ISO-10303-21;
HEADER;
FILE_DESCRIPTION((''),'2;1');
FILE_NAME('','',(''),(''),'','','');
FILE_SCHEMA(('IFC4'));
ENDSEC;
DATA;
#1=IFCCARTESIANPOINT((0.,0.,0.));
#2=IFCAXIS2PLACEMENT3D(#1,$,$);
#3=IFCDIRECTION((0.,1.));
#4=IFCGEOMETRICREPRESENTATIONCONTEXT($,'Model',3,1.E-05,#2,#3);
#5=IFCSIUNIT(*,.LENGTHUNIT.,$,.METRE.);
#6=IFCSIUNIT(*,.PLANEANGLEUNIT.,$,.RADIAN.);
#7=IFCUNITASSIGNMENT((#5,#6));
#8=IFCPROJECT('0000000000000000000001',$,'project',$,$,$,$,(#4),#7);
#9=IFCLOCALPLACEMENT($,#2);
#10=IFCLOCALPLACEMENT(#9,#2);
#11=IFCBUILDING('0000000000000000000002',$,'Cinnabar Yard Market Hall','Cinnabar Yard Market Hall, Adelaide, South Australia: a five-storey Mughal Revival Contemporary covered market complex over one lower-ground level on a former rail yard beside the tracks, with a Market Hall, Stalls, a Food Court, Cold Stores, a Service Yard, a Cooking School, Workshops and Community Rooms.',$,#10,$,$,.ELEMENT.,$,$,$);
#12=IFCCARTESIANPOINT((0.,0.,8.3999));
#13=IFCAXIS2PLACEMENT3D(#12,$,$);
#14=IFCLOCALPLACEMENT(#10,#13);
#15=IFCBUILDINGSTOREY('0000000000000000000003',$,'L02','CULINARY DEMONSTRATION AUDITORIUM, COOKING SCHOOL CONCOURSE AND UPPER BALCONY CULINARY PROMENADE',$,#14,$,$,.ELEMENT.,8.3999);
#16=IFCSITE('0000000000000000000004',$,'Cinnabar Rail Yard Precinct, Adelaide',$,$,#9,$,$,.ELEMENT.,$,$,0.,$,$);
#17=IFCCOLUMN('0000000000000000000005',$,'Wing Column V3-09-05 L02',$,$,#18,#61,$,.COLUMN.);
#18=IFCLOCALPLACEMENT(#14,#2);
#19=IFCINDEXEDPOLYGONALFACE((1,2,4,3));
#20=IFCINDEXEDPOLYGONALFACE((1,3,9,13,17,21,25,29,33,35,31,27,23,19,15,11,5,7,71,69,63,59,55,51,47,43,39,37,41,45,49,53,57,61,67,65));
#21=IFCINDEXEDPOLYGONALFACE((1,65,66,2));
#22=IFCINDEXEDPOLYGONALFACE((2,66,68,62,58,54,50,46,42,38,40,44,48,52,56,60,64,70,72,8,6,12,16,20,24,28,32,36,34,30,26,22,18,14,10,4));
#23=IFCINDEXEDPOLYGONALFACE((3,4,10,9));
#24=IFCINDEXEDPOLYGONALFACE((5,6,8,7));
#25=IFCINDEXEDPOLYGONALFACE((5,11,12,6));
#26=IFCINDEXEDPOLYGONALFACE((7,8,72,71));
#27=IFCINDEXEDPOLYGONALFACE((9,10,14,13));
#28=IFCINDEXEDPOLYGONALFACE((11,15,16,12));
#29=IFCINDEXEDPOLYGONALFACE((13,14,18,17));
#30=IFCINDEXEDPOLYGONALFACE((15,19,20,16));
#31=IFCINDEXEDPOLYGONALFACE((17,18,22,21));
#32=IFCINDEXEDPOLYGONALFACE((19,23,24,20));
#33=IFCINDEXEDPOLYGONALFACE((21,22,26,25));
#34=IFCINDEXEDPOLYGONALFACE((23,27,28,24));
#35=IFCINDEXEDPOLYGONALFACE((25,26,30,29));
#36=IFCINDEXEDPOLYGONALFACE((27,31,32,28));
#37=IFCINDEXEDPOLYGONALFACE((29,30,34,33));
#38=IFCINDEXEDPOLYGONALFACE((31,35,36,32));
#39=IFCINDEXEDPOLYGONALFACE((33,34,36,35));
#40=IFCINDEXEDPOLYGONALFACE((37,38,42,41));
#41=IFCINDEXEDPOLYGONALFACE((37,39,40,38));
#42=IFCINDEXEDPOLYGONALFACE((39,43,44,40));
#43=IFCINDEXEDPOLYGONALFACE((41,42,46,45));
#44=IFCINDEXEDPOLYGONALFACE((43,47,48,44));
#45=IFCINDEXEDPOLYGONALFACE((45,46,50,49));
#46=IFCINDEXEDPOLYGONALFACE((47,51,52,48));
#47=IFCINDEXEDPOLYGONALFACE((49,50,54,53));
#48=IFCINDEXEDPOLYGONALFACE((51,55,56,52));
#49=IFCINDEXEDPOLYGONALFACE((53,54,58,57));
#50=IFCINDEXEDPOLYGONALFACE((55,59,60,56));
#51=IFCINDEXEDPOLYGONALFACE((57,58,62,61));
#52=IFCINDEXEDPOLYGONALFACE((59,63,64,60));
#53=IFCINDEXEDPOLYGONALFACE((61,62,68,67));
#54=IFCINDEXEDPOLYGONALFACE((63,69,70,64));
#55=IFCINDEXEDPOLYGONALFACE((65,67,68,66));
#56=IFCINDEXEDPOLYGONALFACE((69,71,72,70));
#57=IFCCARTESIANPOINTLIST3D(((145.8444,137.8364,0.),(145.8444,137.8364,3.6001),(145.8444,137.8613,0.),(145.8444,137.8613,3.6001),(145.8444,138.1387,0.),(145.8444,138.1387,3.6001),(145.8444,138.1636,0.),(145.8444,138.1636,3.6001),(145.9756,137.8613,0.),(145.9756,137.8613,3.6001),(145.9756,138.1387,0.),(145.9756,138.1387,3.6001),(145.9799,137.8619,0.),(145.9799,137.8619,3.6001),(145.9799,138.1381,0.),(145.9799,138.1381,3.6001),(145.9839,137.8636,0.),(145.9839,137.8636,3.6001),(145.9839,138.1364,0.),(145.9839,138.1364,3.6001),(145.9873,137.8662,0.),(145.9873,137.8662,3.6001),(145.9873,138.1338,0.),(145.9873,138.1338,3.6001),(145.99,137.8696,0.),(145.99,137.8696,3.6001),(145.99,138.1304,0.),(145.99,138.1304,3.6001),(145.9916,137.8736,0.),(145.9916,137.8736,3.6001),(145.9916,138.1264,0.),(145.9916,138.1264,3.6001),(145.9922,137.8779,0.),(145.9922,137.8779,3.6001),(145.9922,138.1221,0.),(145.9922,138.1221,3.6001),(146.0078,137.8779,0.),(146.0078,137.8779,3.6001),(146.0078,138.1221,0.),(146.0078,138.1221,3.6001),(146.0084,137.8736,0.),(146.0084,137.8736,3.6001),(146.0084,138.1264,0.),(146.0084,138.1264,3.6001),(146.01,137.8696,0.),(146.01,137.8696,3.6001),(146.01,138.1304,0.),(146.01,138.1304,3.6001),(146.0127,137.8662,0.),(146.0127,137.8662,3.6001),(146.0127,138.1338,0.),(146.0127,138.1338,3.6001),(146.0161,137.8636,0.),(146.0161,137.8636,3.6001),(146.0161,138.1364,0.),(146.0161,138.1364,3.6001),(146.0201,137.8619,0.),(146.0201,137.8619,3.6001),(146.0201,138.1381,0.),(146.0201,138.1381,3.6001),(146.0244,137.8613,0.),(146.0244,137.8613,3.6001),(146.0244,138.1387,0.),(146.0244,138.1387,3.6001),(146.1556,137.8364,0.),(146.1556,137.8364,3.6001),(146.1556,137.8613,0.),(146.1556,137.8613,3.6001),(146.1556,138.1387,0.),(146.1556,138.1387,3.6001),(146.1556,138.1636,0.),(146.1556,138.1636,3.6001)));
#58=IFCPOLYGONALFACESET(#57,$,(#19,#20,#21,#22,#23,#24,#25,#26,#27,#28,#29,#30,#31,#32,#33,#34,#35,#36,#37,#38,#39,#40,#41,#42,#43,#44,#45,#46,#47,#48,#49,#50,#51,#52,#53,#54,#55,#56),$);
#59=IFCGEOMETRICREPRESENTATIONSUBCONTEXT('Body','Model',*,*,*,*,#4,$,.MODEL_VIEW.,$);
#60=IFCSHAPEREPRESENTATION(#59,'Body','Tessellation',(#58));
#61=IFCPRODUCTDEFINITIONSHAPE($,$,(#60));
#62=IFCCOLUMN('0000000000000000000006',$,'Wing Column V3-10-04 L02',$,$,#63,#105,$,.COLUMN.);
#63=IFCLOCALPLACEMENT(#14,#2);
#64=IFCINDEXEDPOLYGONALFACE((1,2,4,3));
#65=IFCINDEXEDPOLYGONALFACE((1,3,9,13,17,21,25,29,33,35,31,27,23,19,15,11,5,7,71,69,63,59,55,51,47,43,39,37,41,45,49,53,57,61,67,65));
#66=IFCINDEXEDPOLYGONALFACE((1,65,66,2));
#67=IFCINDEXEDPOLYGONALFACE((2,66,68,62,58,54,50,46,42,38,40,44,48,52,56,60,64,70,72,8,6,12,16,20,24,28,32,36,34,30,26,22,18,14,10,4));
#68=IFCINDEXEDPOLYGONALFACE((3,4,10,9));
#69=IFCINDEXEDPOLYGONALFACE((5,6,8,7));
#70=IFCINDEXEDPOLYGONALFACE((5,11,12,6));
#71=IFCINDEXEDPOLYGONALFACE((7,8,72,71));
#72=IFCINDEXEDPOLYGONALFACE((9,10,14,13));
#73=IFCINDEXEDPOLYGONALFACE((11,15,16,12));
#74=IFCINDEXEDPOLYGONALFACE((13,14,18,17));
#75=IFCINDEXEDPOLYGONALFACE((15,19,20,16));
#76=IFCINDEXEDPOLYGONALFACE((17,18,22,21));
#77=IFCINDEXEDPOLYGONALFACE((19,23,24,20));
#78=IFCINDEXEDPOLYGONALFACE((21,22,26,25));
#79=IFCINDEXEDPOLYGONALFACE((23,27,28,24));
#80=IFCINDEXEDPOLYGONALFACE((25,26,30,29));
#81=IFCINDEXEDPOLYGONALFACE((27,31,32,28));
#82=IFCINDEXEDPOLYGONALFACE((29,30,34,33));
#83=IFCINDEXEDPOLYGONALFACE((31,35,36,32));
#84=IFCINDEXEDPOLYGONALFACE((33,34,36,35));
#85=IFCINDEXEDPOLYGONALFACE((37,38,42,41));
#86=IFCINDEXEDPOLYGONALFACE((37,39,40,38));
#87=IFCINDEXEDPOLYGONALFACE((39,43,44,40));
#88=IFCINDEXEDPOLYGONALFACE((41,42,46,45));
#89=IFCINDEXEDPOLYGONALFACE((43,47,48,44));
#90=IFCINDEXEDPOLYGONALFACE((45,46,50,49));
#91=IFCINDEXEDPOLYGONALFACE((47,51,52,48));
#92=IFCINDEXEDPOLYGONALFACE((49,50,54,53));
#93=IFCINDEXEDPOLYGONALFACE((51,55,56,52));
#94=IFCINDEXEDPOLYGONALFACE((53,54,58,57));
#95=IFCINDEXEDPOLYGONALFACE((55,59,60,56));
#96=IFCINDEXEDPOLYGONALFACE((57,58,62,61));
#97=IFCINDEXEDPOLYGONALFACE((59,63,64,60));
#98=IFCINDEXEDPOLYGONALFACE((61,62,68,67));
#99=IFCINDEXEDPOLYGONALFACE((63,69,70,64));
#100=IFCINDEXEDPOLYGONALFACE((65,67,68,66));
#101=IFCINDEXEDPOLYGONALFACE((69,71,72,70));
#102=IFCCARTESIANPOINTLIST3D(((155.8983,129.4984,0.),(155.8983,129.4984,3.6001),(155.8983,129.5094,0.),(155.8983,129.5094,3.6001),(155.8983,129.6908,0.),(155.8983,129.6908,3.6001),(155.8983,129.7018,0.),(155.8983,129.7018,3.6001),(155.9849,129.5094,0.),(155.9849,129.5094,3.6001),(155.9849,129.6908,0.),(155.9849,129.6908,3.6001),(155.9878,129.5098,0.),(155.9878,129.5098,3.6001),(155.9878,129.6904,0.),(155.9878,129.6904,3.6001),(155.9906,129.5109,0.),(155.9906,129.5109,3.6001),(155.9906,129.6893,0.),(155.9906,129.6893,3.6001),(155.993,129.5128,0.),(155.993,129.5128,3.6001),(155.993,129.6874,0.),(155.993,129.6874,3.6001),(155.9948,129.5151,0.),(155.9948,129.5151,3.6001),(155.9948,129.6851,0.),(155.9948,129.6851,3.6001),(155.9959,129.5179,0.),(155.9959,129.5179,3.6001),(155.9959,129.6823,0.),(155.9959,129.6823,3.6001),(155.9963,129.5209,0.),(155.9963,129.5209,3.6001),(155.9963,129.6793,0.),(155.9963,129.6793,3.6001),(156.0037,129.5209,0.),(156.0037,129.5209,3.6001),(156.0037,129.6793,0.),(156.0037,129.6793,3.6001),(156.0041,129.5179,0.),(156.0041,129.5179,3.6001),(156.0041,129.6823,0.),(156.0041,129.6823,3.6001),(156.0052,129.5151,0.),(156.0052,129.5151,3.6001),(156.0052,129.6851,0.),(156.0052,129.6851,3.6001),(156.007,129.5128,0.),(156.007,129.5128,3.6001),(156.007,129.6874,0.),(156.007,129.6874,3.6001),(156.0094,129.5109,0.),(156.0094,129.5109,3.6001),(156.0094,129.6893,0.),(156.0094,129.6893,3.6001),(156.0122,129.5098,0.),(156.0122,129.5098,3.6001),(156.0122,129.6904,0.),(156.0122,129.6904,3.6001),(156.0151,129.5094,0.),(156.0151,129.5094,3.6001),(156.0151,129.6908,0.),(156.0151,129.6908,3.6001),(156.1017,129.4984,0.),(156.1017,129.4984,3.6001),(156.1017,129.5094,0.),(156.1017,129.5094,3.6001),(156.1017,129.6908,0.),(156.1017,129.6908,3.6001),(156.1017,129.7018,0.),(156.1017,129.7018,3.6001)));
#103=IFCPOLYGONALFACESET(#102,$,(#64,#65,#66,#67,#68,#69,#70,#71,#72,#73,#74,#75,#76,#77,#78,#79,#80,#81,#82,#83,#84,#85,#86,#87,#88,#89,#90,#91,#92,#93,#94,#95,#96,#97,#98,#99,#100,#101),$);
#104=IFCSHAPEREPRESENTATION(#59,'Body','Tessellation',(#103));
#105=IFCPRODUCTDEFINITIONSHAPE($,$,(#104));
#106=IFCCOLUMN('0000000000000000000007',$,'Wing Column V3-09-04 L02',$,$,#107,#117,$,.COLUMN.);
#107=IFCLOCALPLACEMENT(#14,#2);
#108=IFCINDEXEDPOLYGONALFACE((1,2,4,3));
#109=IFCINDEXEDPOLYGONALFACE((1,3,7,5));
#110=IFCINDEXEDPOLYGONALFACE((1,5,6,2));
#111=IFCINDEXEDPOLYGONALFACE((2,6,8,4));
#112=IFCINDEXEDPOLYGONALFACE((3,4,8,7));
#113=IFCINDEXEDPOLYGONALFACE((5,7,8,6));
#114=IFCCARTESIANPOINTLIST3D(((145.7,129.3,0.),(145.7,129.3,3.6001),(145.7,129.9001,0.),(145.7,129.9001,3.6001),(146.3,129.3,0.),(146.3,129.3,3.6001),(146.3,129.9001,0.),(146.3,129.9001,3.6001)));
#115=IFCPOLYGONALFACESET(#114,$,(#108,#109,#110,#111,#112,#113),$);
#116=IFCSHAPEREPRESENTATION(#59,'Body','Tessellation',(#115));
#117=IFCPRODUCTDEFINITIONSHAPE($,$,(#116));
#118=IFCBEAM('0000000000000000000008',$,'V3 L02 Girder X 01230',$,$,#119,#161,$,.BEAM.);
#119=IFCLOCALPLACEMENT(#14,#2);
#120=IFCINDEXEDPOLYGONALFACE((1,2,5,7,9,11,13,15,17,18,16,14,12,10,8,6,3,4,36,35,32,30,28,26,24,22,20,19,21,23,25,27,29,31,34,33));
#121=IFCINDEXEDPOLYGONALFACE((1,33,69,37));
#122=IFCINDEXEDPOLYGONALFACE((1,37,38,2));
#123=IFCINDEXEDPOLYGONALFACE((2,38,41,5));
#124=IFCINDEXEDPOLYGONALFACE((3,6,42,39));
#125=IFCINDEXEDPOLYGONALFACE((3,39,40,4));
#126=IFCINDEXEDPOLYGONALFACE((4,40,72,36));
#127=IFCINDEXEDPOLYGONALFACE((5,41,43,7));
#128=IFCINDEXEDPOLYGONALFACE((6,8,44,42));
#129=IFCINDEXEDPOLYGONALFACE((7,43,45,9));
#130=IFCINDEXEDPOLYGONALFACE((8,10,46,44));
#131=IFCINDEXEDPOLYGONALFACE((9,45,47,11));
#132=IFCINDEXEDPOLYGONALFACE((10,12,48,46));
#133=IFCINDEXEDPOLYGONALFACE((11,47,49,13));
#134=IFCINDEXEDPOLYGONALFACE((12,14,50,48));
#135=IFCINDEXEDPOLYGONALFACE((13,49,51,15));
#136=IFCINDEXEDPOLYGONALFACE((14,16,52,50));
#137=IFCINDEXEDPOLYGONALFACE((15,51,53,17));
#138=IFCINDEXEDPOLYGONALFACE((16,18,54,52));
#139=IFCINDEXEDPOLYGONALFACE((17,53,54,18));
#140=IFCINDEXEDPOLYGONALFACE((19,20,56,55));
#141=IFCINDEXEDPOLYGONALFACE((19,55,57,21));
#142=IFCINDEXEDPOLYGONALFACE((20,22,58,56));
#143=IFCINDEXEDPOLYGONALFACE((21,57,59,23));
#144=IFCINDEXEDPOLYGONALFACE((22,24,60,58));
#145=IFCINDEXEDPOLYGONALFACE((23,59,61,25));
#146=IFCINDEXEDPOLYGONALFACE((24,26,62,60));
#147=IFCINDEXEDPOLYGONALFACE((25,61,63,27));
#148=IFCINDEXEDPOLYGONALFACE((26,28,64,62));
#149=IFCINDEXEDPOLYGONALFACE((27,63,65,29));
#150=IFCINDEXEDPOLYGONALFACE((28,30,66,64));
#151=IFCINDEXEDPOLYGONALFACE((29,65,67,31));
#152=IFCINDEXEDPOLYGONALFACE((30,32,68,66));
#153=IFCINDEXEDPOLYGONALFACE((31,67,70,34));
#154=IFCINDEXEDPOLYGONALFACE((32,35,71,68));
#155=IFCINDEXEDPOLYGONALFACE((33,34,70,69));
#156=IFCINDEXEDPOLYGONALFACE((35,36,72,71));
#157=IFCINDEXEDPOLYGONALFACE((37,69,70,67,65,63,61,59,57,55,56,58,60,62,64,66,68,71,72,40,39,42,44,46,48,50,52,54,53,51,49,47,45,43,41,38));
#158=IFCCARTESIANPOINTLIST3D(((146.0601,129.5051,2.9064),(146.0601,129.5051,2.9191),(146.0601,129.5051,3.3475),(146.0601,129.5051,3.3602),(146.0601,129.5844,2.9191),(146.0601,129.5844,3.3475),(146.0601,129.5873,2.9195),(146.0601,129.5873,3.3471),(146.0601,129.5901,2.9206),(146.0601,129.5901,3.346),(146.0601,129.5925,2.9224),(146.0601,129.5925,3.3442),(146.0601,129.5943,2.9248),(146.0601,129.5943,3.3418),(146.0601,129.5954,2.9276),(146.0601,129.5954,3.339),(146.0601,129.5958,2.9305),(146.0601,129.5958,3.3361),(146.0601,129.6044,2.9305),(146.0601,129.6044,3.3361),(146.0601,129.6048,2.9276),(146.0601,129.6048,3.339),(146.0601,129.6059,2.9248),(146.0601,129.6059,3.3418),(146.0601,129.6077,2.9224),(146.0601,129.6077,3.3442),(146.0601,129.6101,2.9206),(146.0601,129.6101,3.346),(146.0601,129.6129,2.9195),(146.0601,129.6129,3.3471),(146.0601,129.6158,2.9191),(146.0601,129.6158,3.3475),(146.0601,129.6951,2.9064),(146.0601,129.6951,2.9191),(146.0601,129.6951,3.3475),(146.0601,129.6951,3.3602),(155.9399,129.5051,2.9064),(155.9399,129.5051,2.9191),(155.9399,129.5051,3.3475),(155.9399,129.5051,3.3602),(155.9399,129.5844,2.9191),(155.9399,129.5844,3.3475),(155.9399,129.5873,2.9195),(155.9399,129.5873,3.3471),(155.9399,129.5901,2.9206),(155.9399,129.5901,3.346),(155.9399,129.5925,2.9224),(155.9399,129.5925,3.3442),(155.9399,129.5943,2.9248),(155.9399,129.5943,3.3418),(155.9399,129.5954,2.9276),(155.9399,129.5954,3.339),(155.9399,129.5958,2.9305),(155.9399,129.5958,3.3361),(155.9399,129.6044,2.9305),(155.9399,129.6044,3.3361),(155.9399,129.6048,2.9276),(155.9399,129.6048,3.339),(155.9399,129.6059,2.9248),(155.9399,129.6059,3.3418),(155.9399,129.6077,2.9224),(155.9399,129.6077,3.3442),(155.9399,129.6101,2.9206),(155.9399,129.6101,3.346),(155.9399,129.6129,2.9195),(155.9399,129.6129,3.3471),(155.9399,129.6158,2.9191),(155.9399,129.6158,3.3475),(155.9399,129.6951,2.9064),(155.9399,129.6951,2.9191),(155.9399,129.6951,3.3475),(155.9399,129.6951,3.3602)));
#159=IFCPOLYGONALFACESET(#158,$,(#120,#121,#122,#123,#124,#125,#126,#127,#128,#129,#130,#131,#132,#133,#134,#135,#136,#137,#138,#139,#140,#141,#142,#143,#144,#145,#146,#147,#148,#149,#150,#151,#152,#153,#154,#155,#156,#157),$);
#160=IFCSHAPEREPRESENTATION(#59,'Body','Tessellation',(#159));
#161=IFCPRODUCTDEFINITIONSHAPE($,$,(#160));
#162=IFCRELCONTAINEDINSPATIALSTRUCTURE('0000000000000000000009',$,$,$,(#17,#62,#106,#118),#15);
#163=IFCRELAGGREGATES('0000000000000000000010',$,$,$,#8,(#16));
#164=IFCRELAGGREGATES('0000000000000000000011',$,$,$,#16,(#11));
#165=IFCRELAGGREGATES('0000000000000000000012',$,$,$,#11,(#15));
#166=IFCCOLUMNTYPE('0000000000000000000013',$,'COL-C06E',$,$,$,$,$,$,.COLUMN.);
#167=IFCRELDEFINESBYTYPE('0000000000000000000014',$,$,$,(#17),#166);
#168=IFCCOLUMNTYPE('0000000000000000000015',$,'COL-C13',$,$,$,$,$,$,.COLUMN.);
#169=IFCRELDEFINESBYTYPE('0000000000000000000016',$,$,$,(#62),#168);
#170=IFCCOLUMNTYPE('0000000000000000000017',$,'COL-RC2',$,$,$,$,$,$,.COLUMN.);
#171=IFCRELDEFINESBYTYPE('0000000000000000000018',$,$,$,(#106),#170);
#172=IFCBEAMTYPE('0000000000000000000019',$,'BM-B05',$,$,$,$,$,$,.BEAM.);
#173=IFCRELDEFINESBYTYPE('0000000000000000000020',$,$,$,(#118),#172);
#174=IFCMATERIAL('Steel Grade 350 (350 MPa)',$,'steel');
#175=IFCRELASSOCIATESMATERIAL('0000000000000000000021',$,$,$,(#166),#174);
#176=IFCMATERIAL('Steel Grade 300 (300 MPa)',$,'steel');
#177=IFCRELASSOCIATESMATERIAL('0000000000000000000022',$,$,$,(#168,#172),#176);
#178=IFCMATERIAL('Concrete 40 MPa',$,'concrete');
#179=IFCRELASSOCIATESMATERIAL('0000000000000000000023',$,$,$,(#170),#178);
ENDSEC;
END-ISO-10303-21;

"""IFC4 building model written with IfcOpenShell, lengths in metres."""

from ifc_helpers import new_model, si_unit, direction, frame, origin, origin_2d_with_axis, place, context, subcontext, project, spatial, rectangle, i_section, extrude, material, material_profile, profile_set, type_object, element, save


model = new_model("IFC4")

# Units and contexts
model_context = context("Model", 3, precision=1e-05, world=origin(), true_north=direction((0.0, 1.0)))
body_context = subcontext(model_context, "Body", "Model", "MODEL_VIEW")
ifc_project = project(units=[si_unit("LENGTHUNIT", "METRE"), si_unit("PLANEANGLEUNIT", "RADIAN")], contexts=[model_context])

# Site, building, storey
site_placement = place(None, origin())
site = spatial("IfcSite", under=ifc_project, at=site_placement, Name="Cinnabar Rail Yard Precinct, Adelaide", CompositionType="ELEMENT", RefElevation=0.0)
building_placement = place(site_placement, origin())
building = spatial("IfcBuilding", under=site, at=building_placement, Name="Cinnabar Yard Market Hall", Description="Cinnabar Yard Market Hall, Adelaide, South Australia: a five-storey Mughal Revival Contemporary covered market complex over one lower-ground level on a former rail yard beside the tracks, with a Market Hall, Stalls, a Food Court, Cold Stores, a Service Yard, a Cooking School, Workshops and Community Rooms.", CompositionType="ELEMENT")
storey_placement = place(building_placement, frame((0.0, 0.0, 8.3999)))
storey = spatial("IfcBuildingStorey", under=building, at=storey_placement, Name="L02", Description="CULINARY DEMONSTRATION AUDITORIUM, COOKING SCHOOL CONCOURSE AND UPPER BALCONY CULINARY PROMENADE", CompositionType="ELEMENT", Elevation=8.3999)

# Columns
ifc_material_1 = material(Name="Steel Grade 350 (350 MPa)", Category="steel")
ifc_material_profile_1 = material_profile(ifc_material_1, i_section(OverallWidth=0.3113, OverallDepth=0.3271, WebThickness=0.0156, FlangeThickness=0.0249, FilletRadius=0.0166, at=origin_2d_with_axis()), Name="310UC158")
ifc_profile_set_1 = profile_set([ifc_material_profile_1], Name="Steel Grade 350 (350 MPa)")
column_type_1 = type_object("IfcColumnType", Name="COL-C06E", PredefinedType="COLUMN", material=ifc_profile_set_1)
column_1_placement = place(storey_placement, frame((146.0, 138.0, 0.0), z_axis=(0.0, 0.0, 1.0), x_axis=(1.0, 0.0, 0.0)))
element("IfcColumn", 1, at=column_1_placement, inside=storey, type_object=column_type_1, Name="Wing Column V3-09-05 L02", PredefinedType="COLUMN", context=body_context, shape_type="SweptSolid", body=[
    extrude(i_section(OverallWidth=0.3113, OverallDepth=0.3271, WebThickness=0.0156, FlangeThickness=0.0249, FilletRadius=0.0166, at=origin_2d_with_axis()), origin(), (0.0, 0.0, 1.0), 3.6001),
])
ifc_material_2 = material(Name="Steel Grade 300 (300 MPa)", Category="steel")
ifc_material_profile_2 = material_profile(ifc_material_2, i_section(OverallWidth=0.2034, OverallDepth=0.2034, WebThickness=0.0073, FlangeThickness=0.011, FilletRadius=0.0115, at=origin_2d_with_axis()), Name="200UC46.2")
ifc_profile_set_2 = profile_set([ifc_material_profile_2], Name="Steel Grade 300 (300 MPa)")
column_type_2 = type_object("IfcColumnType", Name="COL-C13", PredefinedType="COLUMN", material=ifc_profile_set_2)
column_2_placement = place(storey_placement, frame((156.0, 129.6001, 0.0), z_axis=(0.0, 0.0, 1.0), x_axis=(1.0, 0.0, 0.0)))
element("IfcColumn", 2, at=column_2_placement, inside=storey, type_object=column_type_2, Name="Wing Column V3-10-04 L02", PredefinedType="COLUMN", context=body_context, shape_type="SweptSolid", body=[
    extrude(i_section(OverallWidth=0.2034, OverallDepth=0.2034, WebThickness=0.0073, FlangeThickness=0.011, FilletRadius=0.0115, at=origin_2d_with_axis()), origin(), (0.0, 0.0, 1.0), 3.6001),
])
ifc_material_3 = material(Name="Concrete 40 MPa", Category="concrete")
ifc_material_profile_3 = material_profile(ifc_material_3, rectangle(XDim=0.6001, YDim=0.6001, at=origin_2d_with_axis()), Name="RC-600x600")
ifc_profile_set_3 = profile_set([ifc_material_profile_3], Name="Concrete 40 MPa")
column_type_3 = type_object("IfcColumnType", Name="COL-RC2", PredefinedType="COLUMN", material=ifc_profile_set_3)
column_3_placement = place(storey_placement, frame((146.0, 129.6001, 0.0), z_axis=(0.0, 0.0, 1.0), x_axis=(1.0, 0.0, 0.0)))
element("IfcColumn", 3, at=column_3_placement, inside=storey, type_object=column_type_3, Name="Wing Column V3-09-04 L02", PredefinedType="COLUMN", context=body_context, shape_type="SweptSolid", body=[
    extrude(rectangle(XDim=0.6001, YDim=0.6001, at=origin_2d_with_axis()), origin(), (0.0, 0.0, 1.0), 3.6001),
])

# Beam
ifc_material_profile_4 = material_profile(ifc_material_2, i_section(OverallWidth=0.1899, OverallDepth=0.4539, WebThickness=0.0085, FlangeThickness=0.0127, FilletRadius=0.0115, at=origin_2d_with_axis()), Name="460UB67.1")
ifc_profile_set_4 = profile_set([ifc_material_profile_4], Name="Steel Grade 300 (300 MPa)")
beam_type_1 = type_object("IfcBeamType", Name="BM-B05", PredefinedType="BEAM", material=ifc_profile_set_4)
beam_1_placement = place(storey_placement, frame((146.0601, 129.6001, 3.1333), z_axis=(1.0, 0.0, 0.0), x_axis=(0.0, 1.0, 0.0)))
element("IfcBeam", 4, at=beam_1_placement, inside=storey, type_object=beam_type_1, Name="V3 L02 Girder X 01230", PredefinedType="BEAM", context=body_context, shape_type="SweptSolid", body=[
    extrude(i_section(OverallWidth=0.1899, OverallDepth=0.4539, WebThickness=0.0085, FlangeThickness=0.0127, FilletRadius=0.0115, at=origin_2d_with_axis()), origin(), (0.0, 0.0, 1.0), 9.8799),
])

save(model, "model.ifc")
